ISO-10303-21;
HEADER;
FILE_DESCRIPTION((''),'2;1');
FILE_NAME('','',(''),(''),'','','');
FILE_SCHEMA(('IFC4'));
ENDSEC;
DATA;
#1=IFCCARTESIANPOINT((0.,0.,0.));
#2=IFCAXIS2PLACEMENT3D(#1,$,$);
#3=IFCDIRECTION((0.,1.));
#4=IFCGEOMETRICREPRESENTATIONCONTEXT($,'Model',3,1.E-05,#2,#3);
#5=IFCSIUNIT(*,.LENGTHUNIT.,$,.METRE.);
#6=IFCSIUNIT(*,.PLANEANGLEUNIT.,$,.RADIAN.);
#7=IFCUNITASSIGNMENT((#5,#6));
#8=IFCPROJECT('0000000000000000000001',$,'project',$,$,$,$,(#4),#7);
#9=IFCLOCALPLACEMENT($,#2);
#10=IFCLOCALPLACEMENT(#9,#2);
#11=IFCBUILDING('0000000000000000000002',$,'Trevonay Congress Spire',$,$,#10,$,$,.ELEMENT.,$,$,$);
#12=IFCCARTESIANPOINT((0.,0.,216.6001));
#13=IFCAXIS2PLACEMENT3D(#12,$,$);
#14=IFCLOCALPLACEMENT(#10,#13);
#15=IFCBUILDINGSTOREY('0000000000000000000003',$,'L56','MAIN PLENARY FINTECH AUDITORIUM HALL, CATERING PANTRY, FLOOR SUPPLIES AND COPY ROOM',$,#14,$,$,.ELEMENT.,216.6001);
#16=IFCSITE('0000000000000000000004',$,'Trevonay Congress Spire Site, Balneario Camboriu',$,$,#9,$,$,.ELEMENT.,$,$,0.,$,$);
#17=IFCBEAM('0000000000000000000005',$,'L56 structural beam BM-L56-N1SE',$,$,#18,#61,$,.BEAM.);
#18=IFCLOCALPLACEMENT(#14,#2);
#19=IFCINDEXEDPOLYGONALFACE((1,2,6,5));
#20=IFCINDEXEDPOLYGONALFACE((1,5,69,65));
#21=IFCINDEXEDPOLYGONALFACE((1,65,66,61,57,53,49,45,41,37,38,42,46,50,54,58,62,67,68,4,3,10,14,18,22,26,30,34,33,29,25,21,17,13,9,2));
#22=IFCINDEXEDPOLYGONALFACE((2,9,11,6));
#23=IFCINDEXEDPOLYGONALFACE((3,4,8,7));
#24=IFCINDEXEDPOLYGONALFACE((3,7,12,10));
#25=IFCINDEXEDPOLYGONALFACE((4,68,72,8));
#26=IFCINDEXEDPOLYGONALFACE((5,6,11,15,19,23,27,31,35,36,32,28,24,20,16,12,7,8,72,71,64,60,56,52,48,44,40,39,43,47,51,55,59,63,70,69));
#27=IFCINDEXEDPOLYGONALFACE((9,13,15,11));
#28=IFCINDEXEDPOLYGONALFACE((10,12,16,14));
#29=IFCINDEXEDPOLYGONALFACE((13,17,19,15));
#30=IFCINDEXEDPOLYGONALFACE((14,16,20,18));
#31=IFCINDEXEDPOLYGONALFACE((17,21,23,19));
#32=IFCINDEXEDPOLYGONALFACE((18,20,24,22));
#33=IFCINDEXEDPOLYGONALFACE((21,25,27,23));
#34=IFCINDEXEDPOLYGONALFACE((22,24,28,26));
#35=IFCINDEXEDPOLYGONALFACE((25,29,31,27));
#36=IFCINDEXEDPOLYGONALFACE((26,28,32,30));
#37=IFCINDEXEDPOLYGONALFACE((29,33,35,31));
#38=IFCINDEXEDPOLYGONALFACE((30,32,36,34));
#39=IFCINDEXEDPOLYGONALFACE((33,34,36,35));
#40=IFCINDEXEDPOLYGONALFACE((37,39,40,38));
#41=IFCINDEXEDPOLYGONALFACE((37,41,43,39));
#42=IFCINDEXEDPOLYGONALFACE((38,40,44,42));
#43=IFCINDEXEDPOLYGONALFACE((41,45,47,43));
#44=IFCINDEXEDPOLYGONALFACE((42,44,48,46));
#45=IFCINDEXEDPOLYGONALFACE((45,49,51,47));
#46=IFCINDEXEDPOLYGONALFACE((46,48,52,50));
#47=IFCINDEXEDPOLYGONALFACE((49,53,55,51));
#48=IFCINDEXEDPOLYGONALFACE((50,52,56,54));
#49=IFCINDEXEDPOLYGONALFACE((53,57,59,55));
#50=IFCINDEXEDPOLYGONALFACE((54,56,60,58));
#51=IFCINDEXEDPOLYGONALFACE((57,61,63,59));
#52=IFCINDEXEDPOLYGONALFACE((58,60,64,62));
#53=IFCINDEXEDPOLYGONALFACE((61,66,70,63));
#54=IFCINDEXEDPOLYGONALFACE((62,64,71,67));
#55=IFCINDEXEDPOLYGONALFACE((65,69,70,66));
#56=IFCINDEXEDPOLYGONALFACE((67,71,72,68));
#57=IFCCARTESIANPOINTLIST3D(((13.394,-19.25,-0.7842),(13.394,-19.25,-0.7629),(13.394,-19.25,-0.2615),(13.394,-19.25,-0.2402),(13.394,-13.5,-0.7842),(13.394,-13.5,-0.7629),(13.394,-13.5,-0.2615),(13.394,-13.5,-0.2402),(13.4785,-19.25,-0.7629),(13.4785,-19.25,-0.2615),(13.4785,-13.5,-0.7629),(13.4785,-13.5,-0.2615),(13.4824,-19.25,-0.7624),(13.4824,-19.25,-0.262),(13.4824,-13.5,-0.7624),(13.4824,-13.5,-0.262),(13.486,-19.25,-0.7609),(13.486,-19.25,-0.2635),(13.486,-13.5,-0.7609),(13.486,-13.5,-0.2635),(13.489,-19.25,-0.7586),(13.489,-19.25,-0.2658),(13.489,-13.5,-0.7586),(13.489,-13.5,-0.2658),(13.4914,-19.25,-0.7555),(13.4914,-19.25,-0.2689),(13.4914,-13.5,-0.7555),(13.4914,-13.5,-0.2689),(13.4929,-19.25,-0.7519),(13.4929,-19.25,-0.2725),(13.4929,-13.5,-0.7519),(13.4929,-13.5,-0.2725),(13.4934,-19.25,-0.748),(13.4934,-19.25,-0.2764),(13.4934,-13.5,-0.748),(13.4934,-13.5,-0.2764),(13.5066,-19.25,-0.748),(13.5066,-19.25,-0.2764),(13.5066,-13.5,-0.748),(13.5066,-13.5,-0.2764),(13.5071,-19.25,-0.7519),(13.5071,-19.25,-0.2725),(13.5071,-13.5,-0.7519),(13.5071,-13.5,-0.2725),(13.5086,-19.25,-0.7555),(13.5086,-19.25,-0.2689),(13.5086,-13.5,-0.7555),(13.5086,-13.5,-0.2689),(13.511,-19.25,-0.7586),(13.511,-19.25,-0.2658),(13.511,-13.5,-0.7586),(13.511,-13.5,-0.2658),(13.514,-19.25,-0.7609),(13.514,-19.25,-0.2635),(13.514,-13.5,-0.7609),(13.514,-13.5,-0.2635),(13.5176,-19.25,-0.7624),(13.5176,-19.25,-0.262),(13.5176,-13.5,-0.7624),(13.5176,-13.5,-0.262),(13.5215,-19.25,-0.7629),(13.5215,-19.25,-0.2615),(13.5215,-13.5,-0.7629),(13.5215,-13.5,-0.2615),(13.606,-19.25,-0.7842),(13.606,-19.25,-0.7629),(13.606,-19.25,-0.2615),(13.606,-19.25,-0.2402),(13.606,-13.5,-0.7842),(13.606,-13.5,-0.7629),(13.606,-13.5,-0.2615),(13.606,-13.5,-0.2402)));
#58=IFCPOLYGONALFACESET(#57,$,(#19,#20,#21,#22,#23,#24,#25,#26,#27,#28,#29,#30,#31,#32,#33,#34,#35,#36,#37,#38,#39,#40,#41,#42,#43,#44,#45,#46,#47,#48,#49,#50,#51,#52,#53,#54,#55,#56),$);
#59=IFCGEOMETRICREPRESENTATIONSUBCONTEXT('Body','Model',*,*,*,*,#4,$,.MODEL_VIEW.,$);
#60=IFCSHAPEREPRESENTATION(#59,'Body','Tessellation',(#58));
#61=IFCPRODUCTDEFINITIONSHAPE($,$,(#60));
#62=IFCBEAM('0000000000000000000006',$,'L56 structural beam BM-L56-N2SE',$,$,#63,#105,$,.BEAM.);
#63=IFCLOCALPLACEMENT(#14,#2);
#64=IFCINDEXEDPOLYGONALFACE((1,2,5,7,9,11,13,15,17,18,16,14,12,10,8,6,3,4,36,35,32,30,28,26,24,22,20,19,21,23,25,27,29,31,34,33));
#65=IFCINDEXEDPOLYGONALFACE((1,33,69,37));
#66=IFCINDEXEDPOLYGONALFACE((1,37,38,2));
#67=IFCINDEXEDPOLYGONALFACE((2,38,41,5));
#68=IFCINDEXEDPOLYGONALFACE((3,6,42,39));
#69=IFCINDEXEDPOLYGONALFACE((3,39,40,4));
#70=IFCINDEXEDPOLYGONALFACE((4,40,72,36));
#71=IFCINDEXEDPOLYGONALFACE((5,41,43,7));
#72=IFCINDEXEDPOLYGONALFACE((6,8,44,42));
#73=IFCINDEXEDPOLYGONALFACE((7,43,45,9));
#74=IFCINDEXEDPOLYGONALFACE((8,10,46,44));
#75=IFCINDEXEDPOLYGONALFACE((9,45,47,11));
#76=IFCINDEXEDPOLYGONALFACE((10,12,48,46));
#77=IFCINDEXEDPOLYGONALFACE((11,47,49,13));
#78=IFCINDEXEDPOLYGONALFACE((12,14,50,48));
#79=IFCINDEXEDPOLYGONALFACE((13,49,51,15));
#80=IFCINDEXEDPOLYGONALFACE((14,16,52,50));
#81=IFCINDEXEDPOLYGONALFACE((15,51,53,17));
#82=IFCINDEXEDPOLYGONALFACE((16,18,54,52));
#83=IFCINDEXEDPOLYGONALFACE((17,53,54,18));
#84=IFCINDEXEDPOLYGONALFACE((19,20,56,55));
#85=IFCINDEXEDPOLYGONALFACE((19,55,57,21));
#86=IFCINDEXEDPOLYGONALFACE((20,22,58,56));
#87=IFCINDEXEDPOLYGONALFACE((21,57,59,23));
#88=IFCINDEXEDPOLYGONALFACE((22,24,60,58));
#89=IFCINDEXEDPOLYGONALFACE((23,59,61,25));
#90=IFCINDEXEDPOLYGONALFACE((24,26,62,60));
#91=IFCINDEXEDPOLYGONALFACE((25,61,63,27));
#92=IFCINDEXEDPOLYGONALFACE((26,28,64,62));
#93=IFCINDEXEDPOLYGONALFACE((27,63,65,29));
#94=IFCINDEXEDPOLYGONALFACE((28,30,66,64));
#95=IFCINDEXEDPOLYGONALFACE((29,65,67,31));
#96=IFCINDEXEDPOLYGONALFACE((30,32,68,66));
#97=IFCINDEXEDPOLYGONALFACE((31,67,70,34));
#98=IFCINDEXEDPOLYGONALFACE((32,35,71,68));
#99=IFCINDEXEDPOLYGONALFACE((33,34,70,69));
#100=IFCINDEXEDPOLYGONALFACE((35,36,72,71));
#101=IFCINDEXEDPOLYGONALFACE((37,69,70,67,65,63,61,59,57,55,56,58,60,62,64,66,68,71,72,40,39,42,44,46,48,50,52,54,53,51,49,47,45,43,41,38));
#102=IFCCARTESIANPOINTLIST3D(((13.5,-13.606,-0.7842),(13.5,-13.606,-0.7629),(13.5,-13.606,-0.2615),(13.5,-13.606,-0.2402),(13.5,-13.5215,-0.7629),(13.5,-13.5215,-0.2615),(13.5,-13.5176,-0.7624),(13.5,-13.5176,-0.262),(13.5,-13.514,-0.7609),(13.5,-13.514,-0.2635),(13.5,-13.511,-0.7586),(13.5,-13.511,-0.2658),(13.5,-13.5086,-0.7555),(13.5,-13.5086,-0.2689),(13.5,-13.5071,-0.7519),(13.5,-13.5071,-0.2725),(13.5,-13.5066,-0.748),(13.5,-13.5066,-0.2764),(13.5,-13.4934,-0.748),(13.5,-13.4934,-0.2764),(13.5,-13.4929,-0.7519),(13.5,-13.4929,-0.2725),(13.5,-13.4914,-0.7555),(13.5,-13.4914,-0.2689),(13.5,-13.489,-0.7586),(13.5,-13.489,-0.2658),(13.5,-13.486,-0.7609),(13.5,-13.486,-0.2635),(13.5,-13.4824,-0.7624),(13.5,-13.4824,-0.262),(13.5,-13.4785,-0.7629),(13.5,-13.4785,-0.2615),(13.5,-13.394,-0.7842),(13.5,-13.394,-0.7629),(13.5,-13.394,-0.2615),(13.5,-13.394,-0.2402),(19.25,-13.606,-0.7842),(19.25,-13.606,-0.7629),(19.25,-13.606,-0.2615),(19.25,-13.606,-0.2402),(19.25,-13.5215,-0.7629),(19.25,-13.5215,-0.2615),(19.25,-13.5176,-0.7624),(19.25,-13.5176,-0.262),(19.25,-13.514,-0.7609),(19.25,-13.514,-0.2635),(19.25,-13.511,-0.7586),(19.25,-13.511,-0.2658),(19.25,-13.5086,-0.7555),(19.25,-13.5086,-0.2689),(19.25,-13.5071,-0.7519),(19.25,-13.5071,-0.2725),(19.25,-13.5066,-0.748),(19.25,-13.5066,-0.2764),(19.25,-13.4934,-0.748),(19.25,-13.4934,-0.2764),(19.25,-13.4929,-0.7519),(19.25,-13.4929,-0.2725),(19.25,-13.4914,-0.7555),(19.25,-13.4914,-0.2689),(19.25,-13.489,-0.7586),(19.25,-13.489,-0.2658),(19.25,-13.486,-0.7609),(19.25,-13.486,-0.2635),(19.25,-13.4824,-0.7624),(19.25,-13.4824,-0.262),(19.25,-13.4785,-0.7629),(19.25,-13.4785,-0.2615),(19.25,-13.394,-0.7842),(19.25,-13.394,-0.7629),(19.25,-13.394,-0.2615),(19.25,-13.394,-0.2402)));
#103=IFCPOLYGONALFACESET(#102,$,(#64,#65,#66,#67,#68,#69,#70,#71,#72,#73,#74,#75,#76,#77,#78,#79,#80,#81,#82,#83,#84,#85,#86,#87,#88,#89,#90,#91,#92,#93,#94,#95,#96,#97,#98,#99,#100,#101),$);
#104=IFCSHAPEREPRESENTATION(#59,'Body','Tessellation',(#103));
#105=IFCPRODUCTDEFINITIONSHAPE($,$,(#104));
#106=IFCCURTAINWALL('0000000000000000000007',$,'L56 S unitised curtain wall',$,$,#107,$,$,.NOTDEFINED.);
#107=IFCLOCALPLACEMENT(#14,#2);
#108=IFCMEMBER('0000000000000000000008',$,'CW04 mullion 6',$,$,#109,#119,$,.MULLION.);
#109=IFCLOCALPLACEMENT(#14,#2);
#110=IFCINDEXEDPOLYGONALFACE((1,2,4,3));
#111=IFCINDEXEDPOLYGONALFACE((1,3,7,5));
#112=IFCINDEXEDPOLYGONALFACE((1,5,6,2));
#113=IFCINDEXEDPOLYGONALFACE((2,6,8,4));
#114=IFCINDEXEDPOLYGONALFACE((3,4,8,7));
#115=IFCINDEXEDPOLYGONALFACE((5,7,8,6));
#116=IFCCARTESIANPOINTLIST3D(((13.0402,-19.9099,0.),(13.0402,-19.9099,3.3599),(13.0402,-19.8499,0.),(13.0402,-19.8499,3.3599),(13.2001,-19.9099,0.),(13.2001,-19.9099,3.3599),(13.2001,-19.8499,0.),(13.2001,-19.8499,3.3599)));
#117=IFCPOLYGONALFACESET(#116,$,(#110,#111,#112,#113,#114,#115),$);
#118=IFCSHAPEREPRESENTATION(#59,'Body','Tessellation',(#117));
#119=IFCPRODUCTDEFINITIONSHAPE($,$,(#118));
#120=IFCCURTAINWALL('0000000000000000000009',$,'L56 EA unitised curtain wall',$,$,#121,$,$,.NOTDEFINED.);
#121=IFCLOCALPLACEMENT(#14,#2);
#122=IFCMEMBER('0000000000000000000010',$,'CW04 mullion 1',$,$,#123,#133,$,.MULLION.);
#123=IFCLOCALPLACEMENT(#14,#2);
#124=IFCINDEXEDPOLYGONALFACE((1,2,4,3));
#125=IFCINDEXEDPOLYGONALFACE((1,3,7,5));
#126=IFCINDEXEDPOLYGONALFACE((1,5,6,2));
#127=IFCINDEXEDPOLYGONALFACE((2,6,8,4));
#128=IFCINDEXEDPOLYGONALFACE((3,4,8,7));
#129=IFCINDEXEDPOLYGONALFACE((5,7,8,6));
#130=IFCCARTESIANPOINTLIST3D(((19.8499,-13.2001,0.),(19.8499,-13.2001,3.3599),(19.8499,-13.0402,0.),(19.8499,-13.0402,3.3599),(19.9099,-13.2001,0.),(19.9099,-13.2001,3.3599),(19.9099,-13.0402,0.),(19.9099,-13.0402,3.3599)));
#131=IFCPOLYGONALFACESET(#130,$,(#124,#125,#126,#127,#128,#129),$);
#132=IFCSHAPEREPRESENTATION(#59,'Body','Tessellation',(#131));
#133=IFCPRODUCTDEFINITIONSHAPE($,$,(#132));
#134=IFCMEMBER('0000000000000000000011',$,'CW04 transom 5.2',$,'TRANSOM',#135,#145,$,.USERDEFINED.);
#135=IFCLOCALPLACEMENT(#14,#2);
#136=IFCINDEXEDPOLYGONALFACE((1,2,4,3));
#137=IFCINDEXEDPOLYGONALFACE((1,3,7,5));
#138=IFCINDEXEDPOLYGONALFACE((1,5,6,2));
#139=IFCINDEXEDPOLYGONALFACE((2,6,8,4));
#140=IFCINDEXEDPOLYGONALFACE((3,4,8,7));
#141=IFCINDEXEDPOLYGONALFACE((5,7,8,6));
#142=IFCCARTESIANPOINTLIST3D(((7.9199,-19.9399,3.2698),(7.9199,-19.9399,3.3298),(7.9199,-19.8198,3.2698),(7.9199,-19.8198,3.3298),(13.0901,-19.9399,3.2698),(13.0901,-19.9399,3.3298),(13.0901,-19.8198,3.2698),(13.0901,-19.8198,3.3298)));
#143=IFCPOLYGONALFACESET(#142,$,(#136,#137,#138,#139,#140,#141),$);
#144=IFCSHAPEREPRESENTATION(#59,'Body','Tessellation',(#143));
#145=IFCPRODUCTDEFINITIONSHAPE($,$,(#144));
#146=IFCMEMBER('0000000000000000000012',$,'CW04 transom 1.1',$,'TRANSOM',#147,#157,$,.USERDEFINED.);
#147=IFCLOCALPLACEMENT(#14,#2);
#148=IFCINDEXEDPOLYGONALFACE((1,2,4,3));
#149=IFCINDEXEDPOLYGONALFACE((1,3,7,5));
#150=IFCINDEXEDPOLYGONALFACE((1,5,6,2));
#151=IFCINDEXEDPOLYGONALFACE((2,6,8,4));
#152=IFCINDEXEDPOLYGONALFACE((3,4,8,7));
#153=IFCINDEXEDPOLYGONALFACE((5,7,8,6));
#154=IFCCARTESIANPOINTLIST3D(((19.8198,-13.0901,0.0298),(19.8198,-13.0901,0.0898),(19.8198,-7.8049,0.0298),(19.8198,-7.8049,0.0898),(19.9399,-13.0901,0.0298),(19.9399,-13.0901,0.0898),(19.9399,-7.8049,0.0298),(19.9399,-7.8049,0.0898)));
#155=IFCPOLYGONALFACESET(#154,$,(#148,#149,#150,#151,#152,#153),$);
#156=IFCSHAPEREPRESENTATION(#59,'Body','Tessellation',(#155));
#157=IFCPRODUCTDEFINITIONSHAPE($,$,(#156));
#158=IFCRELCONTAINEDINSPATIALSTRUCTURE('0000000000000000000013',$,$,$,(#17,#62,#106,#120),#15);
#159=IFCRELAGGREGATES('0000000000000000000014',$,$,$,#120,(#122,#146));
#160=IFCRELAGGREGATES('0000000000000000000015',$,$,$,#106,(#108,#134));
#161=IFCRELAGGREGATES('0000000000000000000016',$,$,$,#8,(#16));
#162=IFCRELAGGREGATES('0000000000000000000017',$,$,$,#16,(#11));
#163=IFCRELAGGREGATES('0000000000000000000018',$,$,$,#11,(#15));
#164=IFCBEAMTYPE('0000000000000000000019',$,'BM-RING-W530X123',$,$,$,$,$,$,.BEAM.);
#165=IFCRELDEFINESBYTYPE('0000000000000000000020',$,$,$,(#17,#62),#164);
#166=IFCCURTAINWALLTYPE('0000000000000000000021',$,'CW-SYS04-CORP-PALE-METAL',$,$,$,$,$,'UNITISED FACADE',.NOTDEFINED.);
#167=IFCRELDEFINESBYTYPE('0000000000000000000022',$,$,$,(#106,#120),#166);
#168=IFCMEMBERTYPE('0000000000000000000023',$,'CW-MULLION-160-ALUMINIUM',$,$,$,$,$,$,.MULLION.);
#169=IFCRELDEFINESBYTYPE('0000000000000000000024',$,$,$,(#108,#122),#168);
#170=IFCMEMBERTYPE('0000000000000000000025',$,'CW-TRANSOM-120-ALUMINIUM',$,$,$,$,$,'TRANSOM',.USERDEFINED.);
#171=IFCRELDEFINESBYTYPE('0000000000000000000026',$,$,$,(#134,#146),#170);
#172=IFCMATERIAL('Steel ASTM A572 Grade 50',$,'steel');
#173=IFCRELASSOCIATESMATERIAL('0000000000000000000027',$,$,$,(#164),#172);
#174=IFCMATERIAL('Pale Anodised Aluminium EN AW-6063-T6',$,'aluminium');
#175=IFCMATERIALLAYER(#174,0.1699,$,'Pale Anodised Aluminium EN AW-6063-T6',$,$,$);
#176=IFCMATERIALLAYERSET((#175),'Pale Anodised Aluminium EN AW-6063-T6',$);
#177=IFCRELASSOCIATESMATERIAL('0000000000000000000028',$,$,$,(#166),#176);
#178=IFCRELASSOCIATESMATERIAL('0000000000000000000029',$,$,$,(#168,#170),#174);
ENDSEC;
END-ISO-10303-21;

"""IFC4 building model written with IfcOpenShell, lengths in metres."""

from ifc_helpers import new_model, si_unit, direction, frame, origin, origin_2d, place, context, subcontext, project, spatial, rectangle, i_section, extrude, material, layer, layer_set, material_profile, profile_set, type_object, element, aggregate, save


model = new_model("IFC4")

# Units and contexts
model_context = context("Model", 3, precision=1e-05, world=origin(), true_north=direction((0.0, 1.0)))
body_context = subcontext(model_context, "Body", "Model", "MODEL_VIEW")
ifc_project = project(units=[si_unit("LENGTHUNIT", "METRE"), si_unit("PLANEANGLEUNIT", "RADIAN")], contexts=[model_context])

# Site, building, storey
site_placement = place(None, origin())
site = spatial("IfcSite", under=ifc_project, at=site_placement, Name="Trevonay Congress Spire Site, Balneario Camboriu", CompositionType="ELEMENT", RefElevation=0.0)
building_placement = place(site_placement, origin())
building = spatial("IfcBuilding", under=site, at=building_placement, Name="Trevonay Congress Spire", CompositionType="ELEMENT")
storey_placement = place(building_placement, frame((0.0, 0.0, 216.6001)))
storey = spatial("IfcBuildingStorey", under=building, at=storey_placement, Name="L56", Description="MAIN PLENARY FINTECH AUDITORIUM HALL, CATERING PANTRY, FLOOR SUPPLIES AND COPY ROOM", CompositionType="ELEMENT", Elevation=216.6001)

# Shared definitions
ifc_material_1 = material(Name="Steel ASTM A572 Grade 50", Category="steel")

# Beams
ifc_material_profile_1 = material_profile(ifc_material_1, i_section(OverallWidth=0.2119, OverallDepth=0.5439, WebThickness=0.0132, FlangeThickness=0.0212, FilletRadius=0.0149, at=origin_2d()), Name="W530x123")
ifc_profile_set_1 = profile_set([ifc_material_profile_1], Name="Steel ASTM A572 Grade 50")
beam_type_1 = type_object("IfcBeamType", Name="BM-RING-W530X123", PredefinedType="BEAM", material=ifc_profile_set_1)
for number, where, z_axis, x_axis, name in (
    (1, (13.5, -19.25, -0.5122), (0.0, 1.0, 0.0), (-1.0, 0.0, 0.0), "L56 structural beam BM-L56-N1SE"),
    (2, (19.25, -13.5, -0.5122), (-1.0, 0.0, 0.0), (0.0, -1.0, 0.0), "L56 structural beam BM-L56-N2SE"),
):
    element("IfcBeam", number, at=place(storey_placement, frame(where, z_axis=z_axis, x_axis=x_axis)), inside=storey, type_object=beam_type_1, Name=name, PredefinedType="BEAM", context=body_context, shape_type="SweptSolid", body=[
        extrude(i_section(OverallWidth=0.2119, OverallDepth=0.5439, WebThickness=0.0132, FlangeThickness=0.0212, FilletRadius=0.0149, at=origin_2d()), origin(), (0.0, 0.0, 1.0), 5.75),
    ])

# Curtain walls, members
ifc_material_2 = material(Name="Pale Anodised Aluminium EN AW-6063-T6", Category="aluminium")
ifc_layer_1 = layer(ifc_material_2, 0.1699, Name="Pale Anodised Aluminium EN AW-6063-T6")
ifc_layer_set_1 = layer_set([ifc_layer_1], Name="Pale Anodised Aluminium EN AW-6063-T6")
curtain_wall_type = type_object("IfcCurtainWallType", Name="CW-SYS04-CORP-PALE-METAL", ElementType="UNITISED FACADE", PredefinedType="NOTDEFINED", material=ifc_layer_set_1)
curtain_wall_1_placement = place(storey_placement, origin())
curtain_wall_1 = element("IfcCurtainWall", 3, at=curtain_wall_1_placement, inside=storey, type_object=curtain_wall_type, Name="L56 S unitised curtain wall", PredefinedType="NOTDEFINED")
ifc_material_profile_2 = material_profile(ifc_material_2, rectangle(XDim=0.0601, YDim=0.1599, at=origin_2d()), Name="CW-MULLION-160-ALUMINIUM")
ifc_profile_set_2 = profile_set([ifc_material_profile_2], Name="Pale Anodised Aluminium EN AW-6063-T6")
member_type_1 = type_object("IfcMemberType", Name="CW-MULLION-160-ALUMINIUM", PredefinedType="MULLION", material=ifc_profile_set_2)
member_1_placement = place(storey_placement, frame((13.1201, -19.8799, 0.0), z_axis=(0.0, 0.0, 1.0), x_axis=(0.0, 1.0, 0.0)))
member_1 = element("IfcMember", 4, at=member_1_placement, type_object=member_type_1, Name="CW04 mullion 6", PredefinedType="MULLION", context=body_context, shape_type="SweptSolid", body=[
    extrude(rectangle(XDim=0.0601, YDim=0.1599, at=origin_2d()), origin(), (0.0, 0.0, 1.0), 3.3599),
])
curtain_wall_2_placement = place(storey_placement, origin())
curtain_wall_2 = element("IfcCurtainWall", 5, at=curtain_wall_2_placement, inside=storey, type_object=curtain_wall_type, Name="L56 EA unitised curtain wall", PredefinedType="NOTDEFINED")
member_2_placement = place(storey_placement, frame((19.8799, -13.1201, 0.0), z_axis=(0.0, 0.0, 1.0), x_axis=(-1.0, 0.0, 0.0)))
member_2 = element("IfcMember", 6, at=member_2_placement, type_object=member_type_1, Name="CW04 mullion 1", PredefinedType="MULLION", context=body_context, shape_type="SweptSolid", body=[
    extrude(rectangle(XDim=0.0601, YDim=0.1599, at=origin_2d()), origin(), (0.0, 0.0, 1.0), 3.3599),
])

# Members
ifc_material_profile_3 = material_profile(ifc_material_2, rectangle(XDim=0.1201, YDim=0.0601, at=origin_2d()), Name="CW-TRANSOM-120-ALUMINIUM")
ifc_profile_set_3 = profile_set([ifc_material_profile_3], Name="Pale Anodised Aluminium EN AW-6063-T6")
member_type_2 = type_object("IfcMemberType", Name="CW-TRANSOM-120-ALUMINIUM", ElementType="TRANSOM", PredefinedType="USERDEFINED", material=ifc_profile_set_3)
member_3_placement = place(storey_placement, frame((7.9199, -19.8799, 3.2998), z_axis=(1.0, 0.0, 0.0), x_axis=(0.0, 1.0, 0.0)))
member_3 = element("IfcMember", 7, at=member_3_placement, type_object=member_type_2, Name="CW04 transom 5.2", ObjectType="TRANSOM", PredefinedType="USERDEFINED", context=body_context, shape_type="SweptSolid", body=[
    extrude(rectangle(XDim=0.1201, YDim=0.0601, at=origin_2d()), origin(), (0.0, 0.0, 1.0), 5.1702),
])
member_4_placement = place(storey_placement, frame((19.8799, -13.0901, 0.0598), z_axis=(0.0, 1.0, 0.0), x_axis=(-1.0, 0.0, 0.0)))
member_4 = element("IfcMember", 8, at=member_4_placement, type_object=member_type_2, Name="CW04 transom 1.1", ObjectType="TRANSOM", PredefinedType="USERDEFINED", context=body_context, shape_type="SweptSolid", body=[
    extrude(rectangle(XDim=0.1201, YDim=0.0601, at=origin_2d()), origin(), (0.0, 0.0, 1.0), 5.2852),
])
aggregate(curtain_wall_2, [member_2, member_4])

aggregate(curtain_wall_1, [member_1, member_3])

save(model, "model.ifc")
